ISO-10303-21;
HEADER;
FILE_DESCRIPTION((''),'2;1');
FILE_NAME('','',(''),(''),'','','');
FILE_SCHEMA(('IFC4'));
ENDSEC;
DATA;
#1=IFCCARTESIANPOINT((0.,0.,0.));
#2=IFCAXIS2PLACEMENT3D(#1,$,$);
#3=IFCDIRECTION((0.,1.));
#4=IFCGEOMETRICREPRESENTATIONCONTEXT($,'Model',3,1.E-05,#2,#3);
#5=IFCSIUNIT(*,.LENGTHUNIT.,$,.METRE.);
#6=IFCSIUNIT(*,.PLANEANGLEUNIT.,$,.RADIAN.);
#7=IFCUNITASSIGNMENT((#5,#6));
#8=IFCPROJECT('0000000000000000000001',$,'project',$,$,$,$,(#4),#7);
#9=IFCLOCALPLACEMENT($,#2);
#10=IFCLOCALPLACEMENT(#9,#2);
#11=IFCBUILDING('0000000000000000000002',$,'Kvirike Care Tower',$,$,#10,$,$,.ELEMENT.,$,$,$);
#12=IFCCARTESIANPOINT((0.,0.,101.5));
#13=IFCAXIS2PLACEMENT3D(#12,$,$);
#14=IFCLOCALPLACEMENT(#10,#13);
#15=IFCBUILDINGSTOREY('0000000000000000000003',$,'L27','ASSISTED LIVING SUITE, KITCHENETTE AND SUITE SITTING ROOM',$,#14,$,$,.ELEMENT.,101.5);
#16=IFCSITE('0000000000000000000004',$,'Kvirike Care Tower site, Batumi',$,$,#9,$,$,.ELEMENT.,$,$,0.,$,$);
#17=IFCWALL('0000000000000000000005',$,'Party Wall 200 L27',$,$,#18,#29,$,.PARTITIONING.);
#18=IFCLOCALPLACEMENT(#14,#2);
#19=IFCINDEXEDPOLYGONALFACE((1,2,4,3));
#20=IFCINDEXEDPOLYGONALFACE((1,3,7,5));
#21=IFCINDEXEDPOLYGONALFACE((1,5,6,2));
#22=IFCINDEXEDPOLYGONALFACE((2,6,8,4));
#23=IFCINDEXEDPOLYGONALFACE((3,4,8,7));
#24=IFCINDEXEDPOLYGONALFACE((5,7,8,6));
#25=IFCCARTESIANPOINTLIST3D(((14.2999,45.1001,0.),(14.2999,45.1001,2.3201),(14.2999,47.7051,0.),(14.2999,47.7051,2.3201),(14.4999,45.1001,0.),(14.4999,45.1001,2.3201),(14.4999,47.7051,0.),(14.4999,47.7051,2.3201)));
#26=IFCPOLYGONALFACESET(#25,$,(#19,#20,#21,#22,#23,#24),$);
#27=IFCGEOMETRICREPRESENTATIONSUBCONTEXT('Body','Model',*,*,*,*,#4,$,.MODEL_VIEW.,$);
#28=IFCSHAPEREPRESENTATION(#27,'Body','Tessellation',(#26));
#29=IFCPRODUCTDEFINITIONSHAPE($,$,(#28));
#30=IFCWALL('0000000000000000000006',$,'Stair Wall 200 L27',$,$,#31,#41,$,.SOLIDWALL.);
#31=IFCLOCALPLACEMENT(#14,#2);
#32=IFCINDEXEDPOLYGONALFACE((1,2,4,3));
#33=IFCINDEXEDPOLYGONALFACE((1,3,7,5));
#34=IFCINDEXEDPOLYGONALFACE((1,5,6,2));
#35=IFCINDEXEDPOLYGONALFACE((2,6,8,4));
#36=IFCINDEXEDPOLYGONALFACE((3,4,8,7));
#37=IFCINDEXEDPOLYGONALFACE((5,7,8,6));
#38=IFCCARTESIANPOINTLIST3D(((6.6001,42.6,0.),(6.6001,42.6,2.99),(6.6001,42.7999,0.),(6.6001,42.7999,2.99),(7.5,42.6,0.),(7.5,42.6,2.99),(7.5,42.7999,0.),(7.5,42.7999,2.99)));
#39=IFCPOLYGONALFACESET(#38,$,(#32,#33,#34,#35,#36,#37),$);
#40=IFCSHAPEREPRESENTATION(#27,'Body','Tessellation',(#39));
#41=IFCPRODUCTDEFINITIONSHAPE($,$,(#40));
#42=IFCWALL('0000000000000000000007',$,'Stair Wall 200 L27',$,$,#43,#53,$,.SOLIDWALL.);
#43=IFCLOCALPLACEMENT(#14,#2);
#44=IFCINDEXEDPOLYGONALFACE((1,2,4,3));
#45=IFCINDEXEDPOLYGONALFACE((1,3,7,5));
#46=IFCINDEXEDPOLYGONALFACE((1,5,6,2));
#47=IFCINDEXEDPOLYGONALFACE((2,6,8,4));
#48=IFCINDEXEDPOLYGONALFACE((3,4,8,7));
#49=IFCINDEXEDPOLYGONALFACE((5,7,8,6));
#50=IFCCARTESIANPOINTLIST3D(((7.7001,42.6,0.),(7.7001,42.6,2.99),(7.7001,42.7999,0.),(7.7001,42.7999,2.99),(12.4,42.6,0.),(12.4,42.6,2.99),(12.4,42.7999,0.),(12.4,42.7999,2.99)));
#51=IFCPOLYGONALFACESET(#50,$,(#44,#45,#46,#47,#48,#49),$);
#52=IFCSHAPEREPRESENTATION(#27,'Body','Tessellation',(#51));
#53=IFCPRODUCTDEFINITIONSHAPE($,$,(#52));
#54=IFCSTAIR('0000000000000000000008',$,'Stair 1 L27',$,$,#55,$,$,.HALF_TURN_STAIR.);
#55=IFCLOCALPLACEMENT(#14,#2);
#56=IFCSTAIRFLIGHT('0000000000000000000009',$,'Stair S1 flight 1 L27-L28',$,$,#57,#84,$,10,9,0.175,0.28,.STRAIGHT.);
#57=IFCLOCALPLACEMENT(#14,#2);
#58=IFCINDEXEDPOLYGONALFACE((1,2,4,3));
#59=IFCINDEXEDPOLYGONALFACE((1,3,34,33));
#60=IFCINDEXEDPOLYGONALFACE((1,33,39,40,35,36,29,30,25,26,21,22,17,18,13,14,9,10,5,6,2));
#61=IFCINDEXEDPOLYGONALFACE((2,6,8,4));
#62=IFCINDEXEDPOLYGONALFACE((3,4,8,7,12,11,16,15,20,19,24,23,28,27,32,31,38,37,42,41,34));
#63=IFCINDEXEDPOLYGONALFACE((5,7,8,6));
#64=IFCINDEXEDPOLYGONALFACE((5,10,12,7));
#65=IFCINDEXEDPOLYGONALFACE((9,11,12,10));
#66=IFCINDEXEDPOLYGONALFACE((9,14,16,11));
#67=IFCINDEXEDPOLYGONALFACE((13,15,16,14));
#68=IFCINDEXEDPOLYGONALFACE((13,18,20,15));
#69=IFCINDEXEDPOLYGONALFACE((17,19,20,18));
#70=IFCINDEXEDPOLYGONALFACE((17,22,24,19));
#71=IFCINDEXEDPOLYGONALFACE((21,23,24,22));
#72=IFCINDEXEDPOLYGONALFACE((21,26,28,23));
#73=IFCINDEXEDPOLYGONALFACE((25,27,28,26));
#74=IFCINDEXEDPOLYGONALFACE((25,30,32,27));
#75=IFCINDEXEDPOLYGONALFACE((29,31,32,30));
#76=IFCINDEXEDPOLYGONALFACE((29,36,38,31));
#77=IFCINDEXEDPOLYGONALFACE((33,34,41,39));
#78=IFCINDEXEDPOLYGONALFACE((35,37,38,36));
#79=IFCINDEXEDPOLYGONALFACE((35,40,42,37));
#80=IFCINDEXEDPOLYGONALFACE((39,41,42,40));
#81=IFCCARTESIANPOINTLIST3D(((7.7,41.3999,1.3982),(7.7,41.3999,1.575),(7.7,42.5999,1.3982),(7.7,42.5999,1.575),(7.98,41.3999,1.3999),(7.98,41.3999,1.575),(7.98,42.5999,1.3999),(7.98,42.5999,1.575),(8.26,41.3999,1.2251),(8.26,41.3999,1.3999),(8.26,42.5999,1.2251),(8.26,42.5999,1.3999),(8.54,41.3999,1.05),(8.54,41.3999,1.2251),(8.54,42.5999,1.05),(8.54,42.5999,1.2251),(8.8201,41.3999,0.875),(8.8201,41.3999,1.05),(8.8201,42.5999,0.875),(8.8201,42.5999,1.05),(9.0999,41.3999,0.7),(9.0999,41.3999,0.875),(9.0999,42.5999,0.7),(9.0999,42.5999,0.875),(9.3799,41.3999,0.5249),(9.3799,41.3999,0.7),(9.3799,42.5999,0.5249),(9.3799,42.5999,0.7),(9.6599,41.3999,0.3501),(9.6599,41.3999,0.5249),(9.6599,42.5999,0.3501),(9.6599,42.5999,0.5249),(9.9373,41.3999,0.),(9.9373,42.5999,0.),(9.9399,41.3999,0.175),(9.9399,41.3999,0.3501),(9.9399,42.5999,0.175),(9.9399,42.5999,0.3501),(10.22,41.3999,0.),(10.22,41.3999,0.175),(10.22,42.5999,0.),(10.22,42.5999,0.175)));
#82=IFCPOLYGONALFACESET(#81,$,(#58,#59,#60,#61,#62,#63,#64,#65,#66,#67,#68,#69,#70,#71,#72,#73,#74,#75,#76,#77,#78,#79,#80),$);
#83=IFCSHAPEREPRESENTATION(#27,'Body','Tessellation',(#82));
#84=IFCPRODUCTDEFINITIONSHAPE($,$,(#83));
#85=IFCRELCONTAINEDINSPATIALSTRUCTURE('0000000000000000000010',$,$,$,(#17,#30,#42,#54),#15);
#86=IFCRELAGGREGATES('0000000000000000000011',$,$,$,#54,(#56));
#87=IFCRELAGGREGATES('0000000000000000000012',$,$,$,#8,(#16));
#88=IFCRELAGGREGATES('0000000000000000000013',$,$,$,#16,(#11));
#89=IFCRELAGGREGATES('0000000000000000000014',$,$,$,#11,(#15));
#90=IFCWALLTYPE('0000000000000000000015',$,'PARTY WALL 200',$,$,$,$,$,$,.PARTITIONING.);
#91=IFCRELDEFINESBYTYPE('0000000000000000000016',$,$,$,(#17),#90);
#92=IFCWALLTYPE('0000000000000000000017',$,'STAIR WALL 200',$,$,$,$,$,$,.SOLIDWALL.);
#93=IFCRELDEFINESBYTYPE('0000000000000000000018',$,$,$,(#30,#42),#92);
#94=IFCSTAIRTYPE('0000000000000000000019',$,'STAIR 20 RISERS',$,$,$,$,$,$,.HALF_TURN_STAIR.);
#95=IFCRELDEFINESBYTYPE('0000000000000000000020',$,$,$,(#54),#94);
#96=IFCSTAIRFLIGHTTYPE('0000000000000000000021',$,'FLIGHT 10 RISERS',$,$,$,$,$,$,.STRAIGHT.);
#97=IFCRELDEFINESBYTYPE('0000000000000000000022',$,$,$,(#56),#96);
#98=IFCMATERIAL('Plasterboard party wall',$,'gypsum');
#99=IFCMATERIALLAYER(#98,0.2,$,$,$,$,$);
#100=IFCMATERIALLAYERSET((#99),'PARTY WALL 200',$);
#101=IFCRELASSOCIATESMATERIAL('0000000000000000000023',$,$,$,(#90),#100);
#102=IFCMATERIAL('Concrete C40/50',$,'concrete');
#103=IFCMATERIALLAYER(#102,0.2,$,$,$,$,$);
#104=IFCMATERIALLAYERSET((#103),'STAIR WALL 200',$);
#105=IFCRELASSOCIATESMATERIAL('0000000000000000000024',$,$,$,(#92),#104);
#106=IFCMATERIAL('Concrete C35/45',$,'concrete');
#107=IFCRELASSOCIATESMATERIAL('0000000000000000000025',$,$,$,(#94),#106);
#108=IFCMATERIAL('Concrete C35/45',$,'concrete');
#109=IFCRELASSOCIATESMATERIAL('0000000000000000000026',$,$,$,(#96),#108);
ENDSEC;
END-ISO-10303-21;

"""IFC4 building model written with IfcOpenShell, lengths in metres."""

from ifc_helpers import new_model, si_unit, direction, frame, frame_2d, origin, place, context, subcontext, project, spatial, polyline, rectangle, outline, extrude, material, layer, layer_set, type_object, element, aggregate, save


model = new_model("IFC4")

# Units and contexts
model_context = context("Model", 3, precision=1e-05, world=origin(), true_north=direction((0.0, 1.0)))
body_context = subcontext(model_context, "Body", "Model", "MODEL_VIEW")
ifc_project = project(units=[si_unit("LENGTHUNIT", "METRE"), si_unit("PLANEANGLEUNIT", "RADIAN")], contexts=[model_context])

# Site, building, storey
site_placement = place(None, origin())
site = spatial("IfcSite", under=ifc_project, at=site_placement, Name="Kvirike Care Tower site, Batumi", CompositionType="ELEMENT", RefElevation=0.0)
building_placement = place(site_placement, origin())
building = spatial("IfcBuilding", under=site, at=building_placement, Name="Kvirike Care Tower", CompositionType="ELEMENT")
storey_placement = place(building_placement, frame((0.0, 0.0, 101.5)))
storey = spatial("IfcBuildingStorey", under=building, at=storey_placement, Name="L27", Description="ASSISTED LIVING SUITE, KITCHENETTE AND SUITE SITTING ROOM", CompositionType="ELEMENT", Elevation=101.5)

# Walls
ifc_material_1 = material(Name="Plasterboard party wall", Category="gypsum")
ifc_layer_1 = layer(ifc_material_1, 0.2)
ifc_layer_set_1 = layer_set([ifc_layer_1], Name="PARTY WALL 200")
wall_type_1 = type_object("IfcWallType", Name="PARTY WALL 200", PredefinedType="PARTITIONING", material=ifc_layer_set_1)
wall_1_placement = place(storey_placement, frame((14.3999, 45.1001, 0.0), z_axis=(0.0, 0.0, 1.0), x_axis=(0.0, 1.0, 0.0)))
element("IfcWall", 1, at=wall_1_placement, inside=storey, type_object=wall_type_1, Name="Party Wall 200 L27", PredefinedType="PARTITIONING", context=body_context, shape_type="SweptSolid", body=[
    extrude(rectangle(XDim=2.605, YDim=0.2, at=frame_2d((1.3025, 0.0))), origin(), (0.0, 0.0, 1.0), 2.3201),
])
ifc_material_2 = material(Name="Concrete C40/50", Category="concrete")
ifc_layer_2 = layer(ifc_material_2, 0.2)
ifc_layer_set_2 = layer_set([ifc_layer_2], Name="STAIR WALL 200")
wall_type_2 = type_object("IfcWallType", Name="STAIR WALL 200", PredefinedType="SOLIDWALL", material=ifc_layer_set_2)
wall_2_placement = place(storey_placement, frame((6.6001, 42.7, 0.0), z_axis=(0.0, 0.0, 1.0), x_axis=(1.0, 0.0, 0.0)))
element("IfcWall", 2, at=wall_2_placement, inside=storey, type_object=wall_type_2, Name="Stair Wall 200 L27", PredefinedType="SOLIDWALL", context=body_context, shape_type="SweptSolid", body=[
    extrude(rectangle(XDim=0.8999, YDim=0.2, at=frame_2d((0.45, 0.0))), origin(), (0.0, 0.0, 1.0), 2.99),
])
wall_3_placement = place(storey_placement, frame((7.7, 42.7, 0.0), z_axis=(0.0, 0.0, 1.0), x_axis=(1.0, 0.0, 0.0)))
element("IfcWall", 3, at=wall_3_placement, inside=storey, type_object=wall_type_2, Name="Stair Wall 200 L27", PredefinedType="SOLIDWALL", context=body_context, shape_type="SweptSolid", body=[
    extrude(rectangle(XDim=4.7, YDim=0.2, at=frame_2d((2.3501, 0.0))), origin(), (0.0, 0.0, 1.0), 2.99),
])

# Stair, stair flight
ifc_material_3 = material(Name="Concrete C35/45", Category="concrete")
stair_type = type_object("IfcStairType", Name="STAIR 20 RISERS", PredefinedType="HALF_TURN_STAIR", material=ifc_material_3)
stair_placement = place(storey_placement, origin())
stair = element("IfcStair", 4, at=stair_placement, inside=storey, type_object=stair_type, Name="Stair 1 L27", PredefinedType="HALF_TURN_STAIR")
ifc_material_4 = material(Name="Concrete C35/45", Category="concrete")
stair_flight_type = type_object("IfcStairFlightType", Name="FLIGHT 10 RISERS", PredefinedType="STRAIGHT", material=ifc_material_4)
stair_flight_placement = place(storey_placement, frame((10.22, 42.0, 0.0), z_axis=(0.0, 0.0, 1.0), x_axis=(-1.0, 0.0, 0.0)))
stair_flight = element("IfcStairFlight", 5, at=stair_flight_placement, type_object=stair_flight_type, Name="Stair S1 flight 1 L27-L28", NumberOfRisers=10, NumberOfTreads=9, PredefinedType="STRAIGHT", RiserHeight=0.175, TreadLength=0.28, context=body_context, shape_type="SweptSolid", body=[
    extrude(outline(polyline([(0.0, 0.0), (0.0, 0.175), (0.28, 0.175), (0.28, 0.3501), (0.5601, 0.3501), (0.5601, 0.5249), (0.8401, 0.5249), (0.8401, 0.7), (1.1201, 0.7), (1.1201, 0.875), (1.3999, 0.875), (1.3999, 1.05), (1.6799, 1.05), (1.6799, 1.2251), (1.96, 1.2251), (1.96, 1.3999), (2.24, 1.3999), (2.24, 1.575), (2.52, 1.575), (2.52, 1.75), (2.52, 1.3982), (0.2827, 0.0), (0.0, 0.0)])), frame((0.0, 0.6001, 0.0), z_axis=(0.0, -1.0, 0.0), x_axis=(1.0, 0.0, 0.0)), (0.0, 0.0, 1.0), 1.2),
])
aggregate(stair, [stair_flight])

save(model, "model.ifc")
